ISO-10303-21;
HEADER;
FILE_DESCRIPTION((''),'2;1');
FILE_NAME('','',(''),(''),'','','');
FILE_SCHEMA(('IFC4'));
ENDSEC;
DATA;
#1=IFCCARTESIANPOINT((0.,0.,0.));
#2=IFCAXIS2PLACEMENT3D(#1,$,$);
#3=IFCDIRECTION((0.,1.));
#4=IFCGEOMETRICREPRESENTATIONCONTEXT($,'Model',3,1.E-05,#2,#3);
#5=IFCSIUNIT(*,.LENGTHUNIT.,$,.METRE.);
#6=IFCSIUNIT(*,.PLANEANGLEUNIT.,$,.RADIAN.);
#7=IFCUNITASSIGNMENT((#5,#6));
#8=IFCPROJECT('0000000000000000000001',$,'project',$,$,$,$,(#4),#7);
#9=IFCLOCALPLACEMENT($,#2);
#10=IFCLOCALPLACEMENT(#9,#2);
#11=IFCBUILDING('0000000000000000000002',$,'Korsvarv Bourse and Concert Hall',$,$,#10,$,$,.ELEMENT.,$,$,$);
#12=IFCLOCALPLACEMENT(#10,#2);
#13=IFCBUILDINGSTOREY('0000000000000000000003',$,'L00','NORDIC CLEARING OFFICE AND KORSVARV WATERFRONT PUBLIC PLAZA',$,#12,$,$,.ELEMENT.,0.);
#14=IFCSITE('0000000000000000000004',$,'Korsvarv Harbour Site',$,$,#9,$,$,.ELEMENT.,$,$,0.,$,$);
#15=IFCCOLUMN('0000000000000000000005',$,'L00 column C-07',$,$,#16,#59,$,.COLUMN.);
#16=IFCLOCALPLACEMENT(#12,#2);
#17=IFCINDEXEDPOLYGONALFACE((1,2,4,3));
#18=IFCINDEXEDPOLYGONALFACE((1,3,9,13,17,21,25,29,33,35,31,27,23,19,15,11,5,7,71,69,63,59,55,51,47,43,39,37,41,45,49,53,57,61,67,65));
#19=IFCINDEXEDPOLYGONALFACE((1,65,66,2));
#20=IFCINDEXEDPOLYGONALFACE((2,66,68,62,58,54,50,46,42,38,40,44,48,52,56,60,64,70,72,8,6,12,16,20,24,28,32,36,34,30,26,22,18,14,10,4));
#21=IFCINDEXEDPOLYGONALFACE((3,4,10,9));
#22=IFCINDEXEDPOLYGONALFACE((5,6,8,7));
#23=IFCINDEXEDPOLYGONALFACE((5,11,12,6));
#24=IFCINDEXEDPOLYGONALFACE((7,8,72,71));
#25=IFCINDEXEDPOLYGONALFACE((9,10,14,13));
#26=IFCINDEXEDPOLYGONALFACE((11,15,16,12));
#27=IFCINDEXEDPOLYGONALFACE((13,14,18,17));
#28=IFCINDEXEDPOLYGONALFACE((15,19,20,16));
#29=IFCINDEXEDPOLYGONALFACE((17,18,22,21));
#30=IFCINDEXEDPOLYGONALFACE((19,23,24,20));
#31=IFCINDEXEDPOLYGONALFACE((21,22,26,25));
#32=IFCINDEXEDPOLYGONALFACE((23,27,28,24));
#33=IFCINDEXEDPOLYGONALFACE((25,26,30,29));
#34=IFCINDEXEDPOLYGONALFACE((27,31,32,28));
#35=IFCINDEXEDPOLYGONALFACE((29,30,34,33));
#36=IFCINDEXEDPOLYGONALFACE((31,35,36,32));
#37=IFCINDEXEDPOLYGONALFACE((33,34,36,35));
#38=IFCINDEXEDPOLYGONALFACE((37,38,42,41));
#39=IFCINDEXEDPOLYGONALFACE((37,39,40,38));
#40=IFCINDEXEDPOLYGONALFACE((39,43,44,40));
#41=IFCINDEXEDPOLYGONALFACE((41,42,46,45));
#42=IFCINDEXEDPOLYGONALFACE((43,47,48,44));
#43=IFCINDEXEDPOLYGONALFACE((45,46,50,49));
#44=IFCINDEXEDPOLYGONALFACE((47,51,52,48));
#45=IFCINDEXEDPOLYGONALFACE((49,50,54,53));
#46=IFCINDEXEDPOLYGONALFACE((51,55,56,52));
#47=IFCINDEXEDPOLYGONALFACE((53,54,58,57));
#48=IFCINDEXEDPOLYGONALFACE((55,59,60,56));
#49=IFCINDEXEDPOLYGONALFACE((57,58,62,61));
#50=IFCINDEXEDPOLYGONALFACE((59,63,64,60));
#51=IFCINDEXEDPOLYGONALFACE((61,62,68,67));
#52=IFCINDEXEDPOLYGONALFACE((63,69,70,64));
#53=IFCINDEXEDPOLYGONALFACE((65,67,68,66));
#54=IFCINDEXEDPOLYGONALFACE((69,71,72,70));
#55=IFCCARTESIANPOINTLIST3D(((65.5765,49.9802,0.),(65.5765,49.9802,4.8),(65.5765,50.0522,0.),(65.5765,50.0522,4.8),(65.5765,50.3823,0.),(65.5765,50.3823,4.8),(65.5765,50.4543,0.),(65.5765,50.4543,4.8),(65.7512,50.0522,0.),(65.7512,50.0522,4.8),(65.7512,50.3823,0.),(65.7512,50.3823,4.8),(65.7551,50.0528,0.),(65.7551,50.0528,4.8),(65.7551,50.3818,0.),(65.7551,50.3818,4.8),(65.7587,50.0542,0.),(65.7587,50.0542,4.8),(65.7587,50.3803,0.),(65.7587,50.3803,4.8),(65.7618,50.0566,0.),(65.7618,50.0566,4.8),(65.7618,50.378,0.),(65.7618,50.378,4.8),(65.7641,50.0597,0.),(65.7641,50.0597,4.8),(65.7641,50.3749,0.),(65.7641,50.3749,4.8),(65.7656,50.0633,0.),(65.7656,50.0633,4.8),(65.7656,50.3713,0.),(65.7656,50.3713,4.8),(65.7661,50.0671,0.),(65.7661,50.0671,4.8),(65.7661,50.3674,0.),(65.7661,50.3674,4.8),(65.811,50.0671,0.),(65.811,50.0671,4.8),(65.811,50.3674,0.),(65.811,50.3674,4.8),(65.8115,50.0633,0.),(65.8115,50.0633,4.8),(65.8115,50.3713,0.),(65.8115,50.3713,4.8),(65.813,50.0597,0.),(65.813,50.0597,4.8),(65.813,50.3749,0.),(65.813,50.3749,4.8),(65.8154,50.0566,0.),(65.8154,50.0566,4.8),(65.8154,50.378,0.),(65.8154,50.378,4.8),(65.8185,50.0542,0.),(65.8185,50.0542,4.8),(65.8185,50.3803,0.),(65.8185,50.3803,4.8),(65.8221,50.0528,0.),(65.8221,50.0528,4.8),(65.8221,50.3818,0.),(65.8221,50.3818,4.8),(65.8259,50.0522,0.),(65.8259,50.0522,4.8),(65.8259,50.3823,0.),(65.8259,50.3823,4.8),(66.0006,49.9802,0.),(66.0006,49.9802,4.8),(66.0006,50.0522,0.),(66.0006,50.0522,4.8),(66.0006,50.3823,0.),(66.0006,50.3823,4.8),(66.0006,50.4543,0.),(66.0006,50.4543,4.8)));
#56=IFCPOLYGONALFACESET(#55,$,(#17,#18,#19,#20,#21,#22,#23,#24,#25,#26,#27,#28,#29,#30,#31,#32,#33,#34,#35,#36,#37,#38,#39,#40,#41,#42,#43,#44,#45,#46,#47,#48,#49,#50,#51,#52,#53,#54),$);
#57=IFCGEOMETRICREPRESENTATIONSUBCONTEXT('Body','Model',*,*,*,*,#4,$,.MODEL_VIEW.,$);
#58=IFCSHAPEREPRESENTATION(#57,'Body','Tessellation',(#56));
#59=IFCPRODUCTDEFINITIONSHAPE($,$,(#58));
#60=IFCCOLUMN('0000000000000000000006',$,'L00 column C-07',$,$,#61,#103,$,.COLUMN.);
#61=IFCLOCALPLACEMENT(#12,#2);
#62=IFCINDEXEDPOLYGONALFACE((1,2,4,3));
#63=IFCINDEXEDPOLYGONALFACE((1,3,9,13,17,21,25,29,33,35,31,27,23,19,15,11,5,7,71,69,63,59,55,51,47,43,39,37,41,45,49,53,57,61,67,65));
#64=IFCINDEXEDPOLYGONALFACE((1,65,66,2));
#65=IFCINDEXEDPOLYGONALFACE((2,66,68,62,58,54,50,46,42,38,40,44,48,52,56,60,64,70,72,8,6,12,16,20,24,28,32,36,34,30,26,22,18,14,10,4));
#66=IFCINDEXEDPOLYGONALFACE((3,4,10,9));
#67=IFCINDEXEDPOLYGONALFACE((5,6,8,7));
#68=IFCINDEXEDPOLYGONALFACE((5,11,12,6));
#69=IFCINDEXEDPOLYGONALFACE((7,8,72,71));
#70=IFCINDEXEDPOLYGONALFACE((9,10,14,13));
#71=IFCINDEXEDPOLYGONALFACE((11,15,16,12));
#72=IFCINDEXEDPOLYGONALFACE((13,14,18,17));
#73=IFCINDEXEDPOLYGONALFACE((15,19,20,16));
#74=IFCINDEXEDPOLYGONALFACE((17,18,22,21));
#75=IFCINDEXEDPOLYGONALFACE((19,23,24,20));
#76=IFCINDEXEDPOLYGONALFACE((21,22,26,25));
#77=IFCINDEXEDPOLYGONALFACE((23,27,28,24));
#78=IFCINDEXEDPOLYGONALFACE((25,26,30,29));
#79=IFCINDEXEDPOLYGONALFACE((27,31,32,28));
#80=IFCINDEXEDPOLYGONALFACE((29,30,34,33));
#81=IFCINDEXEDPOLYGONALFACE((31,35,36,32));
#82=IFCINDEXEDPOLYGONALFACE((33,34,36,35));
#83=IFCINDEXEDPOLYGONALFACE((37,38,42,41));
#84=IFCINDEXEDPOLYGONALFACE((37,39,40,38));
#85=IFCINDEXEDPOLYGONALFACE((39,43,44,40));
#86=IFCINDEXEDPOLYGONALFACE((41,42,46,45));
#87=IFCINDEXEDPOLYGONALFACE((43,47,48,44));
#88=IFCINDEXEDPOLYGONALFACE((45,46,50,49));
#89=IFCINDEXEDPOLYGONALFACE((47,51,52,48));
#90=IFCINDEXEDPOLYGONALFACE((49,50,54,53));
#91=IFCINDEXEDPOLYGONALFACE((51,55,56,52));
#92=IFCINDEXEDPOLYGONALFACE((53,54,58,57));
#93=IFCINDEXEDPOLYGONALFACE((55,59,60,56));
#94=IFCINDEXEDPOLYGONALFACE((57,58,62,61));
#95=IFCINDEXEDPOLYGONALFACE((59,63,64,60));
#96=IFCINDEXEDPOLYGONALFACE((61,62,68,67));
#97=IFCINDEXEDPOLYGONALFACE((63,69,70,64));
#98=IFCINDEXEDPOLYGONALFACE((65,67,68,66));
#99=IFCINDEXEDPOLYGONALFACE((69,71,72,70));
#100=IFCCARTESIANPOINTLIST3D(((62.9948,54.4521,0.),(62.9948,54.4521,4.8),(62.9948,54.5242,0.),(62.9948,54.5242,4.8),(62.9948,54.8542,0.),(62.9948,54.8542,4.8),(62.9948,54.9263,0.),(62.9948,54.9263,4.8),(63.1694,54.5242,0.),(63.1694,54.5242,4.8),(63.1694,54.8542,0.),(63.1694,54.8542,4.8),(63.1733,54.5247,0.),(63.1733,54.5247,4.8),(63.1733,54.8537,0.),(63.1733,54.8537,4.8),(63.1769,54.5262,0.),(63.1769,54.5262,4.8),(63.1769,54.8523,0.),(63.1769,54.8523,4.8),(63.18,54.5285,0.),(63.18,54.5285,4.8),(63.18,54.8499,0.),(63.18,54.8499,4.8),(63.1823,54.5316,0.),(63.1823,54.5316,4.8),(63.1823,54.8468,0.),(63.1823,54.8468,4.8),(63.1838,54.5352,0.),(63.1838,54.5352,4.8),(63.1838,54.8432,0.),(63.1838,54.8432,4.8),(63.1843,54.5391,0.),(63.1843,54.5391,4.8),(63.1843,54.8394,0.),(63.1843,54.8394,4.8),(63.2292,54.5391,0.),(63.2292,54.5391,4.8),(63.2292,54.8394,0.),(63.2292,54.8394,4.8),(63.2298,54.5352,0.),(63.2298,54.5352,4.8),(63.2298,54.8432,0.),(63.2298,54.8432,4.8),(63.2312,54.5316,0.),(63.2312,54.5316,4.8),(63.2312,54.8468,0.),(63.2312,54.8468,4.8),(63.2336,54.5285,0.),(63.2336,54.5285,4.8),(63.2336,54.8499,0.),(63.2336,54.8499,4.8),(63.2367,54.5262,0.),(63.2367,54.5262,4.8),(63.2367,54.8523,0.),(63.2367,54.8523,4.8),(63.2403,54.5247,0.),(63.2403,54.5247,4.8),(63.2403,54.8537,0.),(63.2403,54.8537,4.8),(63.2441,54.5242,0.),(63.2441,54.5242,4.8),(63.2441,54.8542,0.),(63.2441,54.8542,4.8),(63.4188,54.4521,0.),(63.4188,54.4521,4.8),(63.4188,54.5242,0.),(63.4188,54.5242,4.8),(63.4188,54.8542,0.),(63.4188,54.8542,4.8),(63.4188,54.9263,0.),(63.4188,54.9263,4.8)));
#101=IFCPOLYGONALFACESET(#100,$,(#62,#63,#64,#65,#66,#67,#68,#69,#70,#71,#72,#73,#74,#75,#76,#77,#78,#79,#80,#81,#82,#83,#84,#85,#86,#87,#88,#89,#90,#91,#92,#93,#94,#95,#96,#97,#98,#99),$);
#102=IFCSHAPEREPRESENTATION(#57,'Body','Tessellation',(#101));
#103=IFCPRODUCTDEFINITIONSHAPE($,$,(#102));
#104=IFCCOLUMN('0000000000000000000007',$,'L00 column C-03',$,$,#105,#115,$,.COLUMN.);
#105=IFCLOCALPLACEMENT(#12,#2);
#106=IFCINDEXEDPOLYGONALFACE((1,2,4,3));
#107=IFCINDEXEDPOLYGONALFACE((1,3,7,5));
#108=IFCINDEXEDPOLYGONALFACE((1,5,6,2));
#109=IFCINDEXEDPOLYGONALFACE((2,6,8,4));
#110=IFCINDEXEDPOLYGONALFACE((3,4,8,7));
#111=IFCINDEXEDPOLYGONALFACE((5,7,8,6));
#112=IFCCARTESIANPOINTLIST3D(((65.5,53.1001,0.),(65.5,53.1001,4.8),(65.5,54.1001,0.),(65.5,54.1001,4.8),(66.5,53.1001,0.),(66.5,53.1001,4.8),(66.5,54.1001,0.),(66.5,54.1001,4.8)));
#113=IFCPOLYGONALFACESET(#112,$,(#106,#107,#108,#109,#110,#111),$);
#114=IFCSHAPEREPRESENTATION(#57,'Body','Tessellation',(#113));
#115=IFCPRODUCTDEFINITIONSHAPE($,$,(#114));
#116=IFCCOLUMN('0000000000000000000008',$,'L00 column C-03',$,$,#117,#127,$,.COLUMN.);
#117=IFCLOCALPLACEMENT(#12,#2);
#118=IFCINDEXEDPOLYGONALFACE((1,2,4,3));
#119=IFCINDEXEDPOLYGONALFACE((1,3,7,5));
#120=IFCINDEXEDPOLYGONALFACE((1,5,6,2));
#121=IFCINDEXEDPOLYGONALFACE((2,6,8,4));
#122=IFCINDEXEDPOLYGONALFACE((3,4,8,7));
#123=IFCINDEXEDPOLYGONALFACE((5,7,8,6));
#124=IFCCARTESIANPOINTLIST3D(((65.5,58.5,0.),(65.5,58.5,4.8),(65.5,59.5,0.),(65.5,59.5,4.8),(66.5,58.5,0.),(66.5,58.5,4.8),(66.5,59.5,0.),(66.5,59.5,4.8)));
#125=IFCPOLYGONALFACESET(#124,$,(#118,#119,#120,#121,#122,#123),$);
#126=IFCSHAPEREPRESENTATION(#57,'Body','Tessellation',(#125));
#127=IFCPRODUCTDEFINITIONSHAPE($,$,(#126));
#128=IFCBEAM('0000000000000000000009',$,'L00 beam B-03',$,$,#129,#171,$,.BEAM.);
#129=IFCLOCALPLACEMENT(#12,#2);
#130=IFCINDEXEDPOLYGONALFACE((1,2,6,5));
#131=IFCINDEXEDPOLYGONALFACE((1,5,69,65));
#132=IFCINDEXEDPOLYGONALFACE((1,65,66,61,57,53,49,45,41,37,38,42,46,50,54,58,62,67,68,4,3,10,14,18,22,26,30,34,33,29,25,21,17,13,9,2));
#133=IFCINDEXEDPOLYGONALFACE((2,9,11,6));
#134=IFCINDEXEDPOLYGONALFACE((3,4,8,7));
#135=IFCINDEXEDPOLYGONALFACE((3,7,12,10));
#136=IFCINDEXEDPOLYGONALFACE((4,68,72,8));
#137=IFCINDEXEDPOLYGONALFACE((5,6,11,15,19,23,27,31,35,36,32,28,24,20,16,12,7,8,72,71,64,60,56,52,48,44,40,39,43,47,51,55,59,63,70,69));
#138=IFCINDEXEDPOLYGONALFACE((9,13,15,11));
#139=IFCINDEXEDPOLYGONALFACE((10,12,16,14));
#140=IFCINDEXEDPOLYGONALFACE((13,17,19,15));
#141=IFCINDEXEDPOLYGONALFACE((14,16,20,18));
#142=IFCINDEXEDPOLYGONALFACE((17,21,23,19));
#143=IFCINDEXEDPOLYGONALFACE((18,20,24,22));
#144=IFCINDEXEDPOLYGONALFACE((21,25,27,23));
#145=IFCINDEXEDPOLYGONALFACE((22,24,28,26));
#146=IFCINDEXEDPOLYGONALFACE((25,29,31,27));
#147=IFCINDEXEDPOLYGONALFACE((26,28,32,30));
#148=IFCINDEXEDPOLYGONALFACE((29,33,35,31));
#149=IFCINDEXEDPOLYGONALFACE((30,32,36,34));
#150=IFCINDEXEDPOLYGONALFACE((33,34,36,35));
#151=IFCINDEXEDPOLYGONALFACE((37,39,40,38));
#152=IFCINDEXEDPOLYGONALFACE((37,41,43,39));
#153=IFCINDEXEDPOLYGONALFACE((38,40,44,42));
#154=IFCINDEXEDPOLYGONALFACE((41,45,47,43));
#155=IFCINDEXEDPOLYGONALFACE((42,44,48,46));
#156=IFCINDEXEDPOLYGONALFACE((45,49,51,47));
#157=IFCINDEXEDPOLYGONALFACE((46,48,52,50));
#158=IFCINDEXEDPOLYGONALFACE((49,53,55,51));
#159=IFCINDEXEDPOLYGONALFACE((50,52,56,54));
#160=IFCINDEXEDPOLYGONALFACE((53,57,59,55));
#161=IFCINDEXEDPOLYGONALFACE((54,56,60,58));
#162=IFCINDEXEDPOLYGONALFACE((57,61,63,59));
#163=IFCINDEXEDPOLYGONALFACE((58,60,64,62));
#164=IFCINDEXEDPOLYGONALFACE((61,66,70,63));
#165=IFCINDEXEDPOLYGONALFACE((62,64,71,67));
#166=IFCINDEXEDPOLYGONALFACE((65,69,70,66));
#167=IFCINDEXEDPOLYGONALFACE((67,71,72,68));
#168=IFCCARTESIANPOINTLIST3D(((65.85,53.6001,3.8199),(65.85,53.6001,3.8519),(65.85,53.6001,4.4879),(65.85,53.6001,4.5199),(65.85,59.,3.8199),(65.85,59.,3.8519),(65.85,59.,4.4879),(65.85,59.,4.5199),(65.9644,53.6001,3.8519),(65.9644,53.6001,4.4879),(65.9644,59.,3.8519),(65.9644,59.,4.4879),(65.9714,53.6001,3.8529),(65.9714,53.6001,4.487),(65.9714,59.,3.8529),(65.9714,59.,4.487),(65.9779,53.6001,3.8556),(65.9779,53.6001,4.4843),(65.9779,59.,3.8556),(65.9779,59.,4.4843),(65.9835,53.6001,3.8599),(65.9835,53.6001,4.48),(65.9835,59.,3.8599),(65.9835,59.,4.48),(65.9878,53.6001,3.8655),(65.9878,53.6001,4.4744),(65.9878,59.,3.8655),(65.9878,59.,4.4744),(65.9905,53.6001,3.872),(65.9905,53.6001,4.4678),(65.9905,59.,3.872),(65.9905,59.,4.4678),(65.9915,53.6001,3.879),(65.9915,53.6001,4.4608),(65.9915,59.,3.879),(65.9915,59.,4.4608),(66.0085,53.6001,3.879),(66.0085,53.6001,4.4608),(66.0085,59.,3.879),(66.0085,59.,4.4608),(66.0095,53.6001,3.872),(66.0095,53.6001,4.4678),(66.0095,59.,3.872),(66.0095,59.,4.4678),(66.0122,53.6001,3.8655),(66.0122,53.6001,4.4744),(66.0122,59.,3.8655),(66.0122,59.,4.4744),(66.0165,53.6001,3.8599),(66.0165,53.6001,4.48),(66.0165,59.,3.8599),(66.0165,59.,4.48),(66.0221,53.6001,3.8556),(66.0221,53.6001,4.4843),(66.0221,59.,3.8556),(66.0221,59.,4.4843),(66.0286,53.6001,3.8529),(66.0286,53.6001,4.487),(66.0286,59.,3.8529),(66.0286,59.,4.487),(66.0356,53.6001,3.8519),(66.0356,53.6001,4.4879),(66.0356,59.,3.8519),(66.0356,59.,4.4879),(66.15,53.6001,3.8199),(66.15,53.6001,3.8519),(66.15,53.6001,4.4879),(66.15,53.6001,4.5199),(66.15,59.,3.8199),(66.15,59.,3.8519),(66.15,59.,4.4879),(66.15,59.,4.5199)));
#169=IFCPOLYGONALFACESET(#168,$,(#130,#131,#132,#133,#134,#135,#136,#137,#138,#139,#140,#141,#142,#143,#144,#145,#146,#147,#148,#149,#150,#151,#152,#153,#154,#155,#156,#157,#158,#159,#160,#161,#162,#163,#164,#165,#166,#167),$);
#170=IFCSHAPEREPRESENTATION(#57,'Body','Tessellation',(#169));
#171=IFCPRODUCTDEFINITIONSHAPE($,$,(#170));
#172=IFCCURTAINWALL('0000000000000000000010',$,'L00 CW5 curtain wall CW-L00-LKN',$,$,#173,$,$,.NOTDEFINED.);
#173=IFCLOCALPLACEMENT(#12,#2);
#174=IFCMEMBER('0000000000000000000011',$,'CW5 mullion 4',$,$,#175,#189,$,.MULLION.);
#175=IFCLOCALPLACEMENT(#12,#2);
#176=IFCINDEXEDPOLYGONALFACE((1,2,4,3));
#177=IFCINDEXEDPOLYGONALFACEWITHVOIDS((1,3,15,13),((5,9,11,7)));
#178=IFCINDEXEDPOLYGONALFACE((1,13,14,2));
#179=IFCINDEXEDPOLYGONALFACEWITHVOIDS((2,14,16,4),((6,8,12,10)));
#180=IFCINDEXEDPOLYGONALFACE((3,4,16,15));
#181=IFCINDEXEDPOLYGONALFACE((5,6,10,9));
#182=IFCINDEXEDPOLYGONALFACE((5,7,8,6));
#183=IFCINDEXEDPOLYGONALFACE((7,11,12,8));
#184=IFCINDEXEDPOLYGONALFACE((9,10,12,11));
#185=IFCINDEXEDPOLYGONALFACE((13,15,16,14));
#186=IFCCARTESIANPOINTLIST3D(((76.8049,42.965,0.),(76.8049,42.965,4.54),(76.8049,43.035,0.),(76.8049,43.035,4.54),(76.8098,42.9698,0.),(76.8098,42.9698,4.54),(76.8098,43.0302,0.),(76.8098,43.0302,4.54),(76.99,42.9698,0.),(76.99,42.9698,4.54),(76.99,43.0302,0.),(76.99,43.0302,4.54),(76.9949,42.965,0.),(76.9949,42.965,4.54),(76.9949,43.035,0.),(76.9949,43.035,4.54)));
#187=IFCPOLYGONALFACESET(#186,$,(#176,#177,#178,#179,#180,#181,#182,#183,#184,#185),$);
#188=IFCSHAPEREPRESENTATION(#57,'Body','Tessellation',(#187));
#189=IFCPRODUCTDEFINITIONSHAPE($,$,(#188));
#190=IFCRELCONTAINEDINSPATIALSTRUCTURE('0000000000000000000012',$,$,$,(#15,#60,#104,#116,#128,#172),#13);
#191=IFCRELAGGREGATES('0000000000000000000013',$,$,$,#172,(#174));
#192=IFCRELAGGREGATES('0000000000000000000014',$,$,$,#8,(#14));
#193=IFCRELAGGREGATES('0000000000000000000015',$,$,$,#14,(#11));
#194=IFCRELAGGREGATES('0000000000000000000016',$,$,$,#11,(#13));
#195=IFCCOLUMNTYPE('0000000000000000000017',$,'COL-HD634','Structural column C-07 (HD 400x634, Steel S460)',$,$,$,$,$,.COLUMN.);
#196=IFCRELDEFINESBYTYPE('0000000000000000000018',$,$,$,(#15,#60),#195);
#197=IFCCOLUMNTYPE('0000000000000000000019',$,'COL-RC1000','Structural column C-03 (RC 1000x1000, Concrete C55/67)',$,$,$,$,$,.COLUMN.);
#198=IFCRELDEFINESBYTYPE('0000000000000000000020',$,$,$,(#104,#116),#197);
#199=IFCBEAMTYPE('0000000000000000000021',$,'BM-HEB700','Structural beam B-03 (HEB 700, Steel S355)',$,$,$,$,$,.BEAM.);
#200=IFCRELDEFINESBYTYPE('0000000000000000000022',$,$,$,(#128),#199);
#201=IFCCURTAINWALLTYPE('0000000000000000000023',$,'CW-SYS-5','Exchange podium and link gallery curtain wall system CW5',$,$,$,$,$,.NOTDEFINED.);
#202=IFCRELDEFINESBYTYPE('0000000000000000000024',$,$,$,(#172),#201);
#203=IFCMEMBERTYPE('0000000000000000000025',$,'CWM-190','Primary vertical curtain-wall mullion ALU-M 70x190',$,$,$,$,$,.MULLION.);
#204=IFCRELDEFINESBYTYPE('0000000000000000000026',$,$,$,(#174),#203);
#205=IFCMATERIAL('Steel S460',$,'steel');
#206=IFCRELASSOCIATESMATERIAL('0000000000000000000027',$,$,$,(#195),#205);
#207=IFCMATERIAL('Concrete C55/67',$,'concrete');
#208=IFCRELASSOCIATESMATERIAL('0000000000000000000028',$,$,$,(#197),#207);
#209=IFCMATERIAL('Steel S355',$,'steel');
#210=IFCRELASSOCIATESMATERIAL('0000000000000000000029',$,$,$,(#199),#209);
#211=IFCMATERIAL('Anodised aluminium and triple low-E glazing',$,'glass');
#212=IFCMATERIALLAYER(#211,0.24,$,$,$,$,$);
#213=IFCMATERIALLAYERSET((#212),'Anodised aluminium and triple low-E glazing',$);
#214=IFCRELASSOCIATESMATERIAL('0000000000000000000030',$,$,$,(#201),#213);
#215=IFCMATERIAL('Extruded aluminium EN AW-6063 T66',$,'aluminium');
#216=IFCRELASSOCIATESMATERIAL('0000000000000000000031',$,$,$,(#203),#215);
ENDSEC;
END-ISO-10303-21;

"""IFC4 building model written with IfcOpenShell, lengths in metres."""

from ifc_helpers import new_model, si_unit, direction, frame, origin, origin_2d, place, context, subcontext, project, spatial, rectangle, hollow_rectangle, i_section, extrude, source, transform, mapped, material, layer, layer_set, material_profile, profile_set, type_object, element, aggregate, save


model = new_model("IFC4")

# Units and contexts
model_context = context("Model", 3, precision=1e-05, world=origin(), true_north=direction((0.0, 1.0)))
body_context = subcontext(model_context, "Body", "Model", "MODEL_VIEW")
ifc_project = project(units=[si_unit("LENGTHUNIT", "METRE"), si_unit("PLANEANGLEUNIT", "RADIAN")], contexts=[model_context])

# Site, building, storey
site_placement = place(None, origin())
site = spatial("IfcSite", under=ifc_project, at=site_placement, Name="Korsvarv Harbour Site", CompositionType="ELEMENT", RefElevation=0.0)
building_placement = place(site_placement, origin())
building = spatial("IfcBuilding", under=site, at=building_placement, Name="Korsvarv Bourse and Concert Hall", CompositionType="ELEMENT")
storey_placement = place(building_placement, origin())
storey = spatial("IfcBuildingStorey", under=building, at=storey_placement, Name="L00", Description="NORDIC CLEARING OFFICE AND KORSVARV WATERFRONT PUBLIC PLAZA", CompositionType="ELEMENT", Elevation=0.0)

# Columns
ifc_material_1 = material(Name="Steel S460", Category="steel")
ifc_material_profile_1 = material_profile(ifc_material_1, i_section(OverallWidth=0.4241, OverallDepth=0.4741, WebThickness=0.0449, FlangeThickness=0.072, FilletRadius=0.0149, at=origin_2d()), Name="HD 400x634")
ifc_profile_set_1 = profile_set([ifc_material_profile_1], Name="Steel S460")
column_type_1 = type_object("IfcColumnType", Name="COL-HD634", Description="Structural column C-07 (HD 400x634, Steel S460)", PredefinedType="COLUMN", material=ifc_profile_set_1)
shared_shape_1 = source(origin(), body_context, "Body", "SweptSolid", [
    extrude(i_section(OverallWidth=0.4241, OverallDepth=0.4741, WebThickness=0.0449, FlangeThickness=0.072, FilletRadius=0.0149, at=origin_2d()), origin(), (0.0, 0.0, 1.0), 4.8),
])
for number, where, z_axis, x_axis, name in (
    (1, (65.7886, 50.2173, 0.0), (0.0, 0.0, 1.0), (1.0, 0.0, 0.0), "L00 column C-07"),
    (2, (63.2068, 54.6892, 0.0), (0.0, 0.0, 1.0), (1.0, 0.0, 0.0), "L00 column C-07"),
):
    element("IfcColumn", number, at=place(storey_placement, frame(where, z_axis=z_axis, x_axis=x_axis)), inside=storey, type_object=column_type_1, Name=name, PredefinedType="COLUMN", context=body_context, shape_type="MappedRepresentation", body=[
        mapped(shared_shape_1, transform((0.0, 0.0, 0.0), scale=1.0)),
    ])
ifc_material_2 = material(Name="Concrete C55/67", Category="concrete")
ifc_material_profile_2 = material_profile(ifc_material_2, rectangle(XDim=1.0, YDim=1.0, at=origin_2d()), Name="RC 1000x1000")
ifc_profile_set_2 = profile_set([ifc_material_profile_2], Name="Concrete C55/67")
column_type_2 = type_object("IfcColumnType", Name="COL-RC1000", Description="Structural column C-03 (RC 1000x1000, Concrete C55/67)", PredefinedType="COLUMN", material=ifc_profile_set_2)
shared_shape_2 = source(origin(), body_context, "Body", "SweptSolid", [
    extrude(rectangle(XDim=1.0, YDim=1.0, at=origin_2d()), origin(), (0.0, 0.0, 1.0), 4.8),
])
for number, where, z_axis, x_axis, name in (
    (3, (66.0, 53.6001, 0.0), (0.0, 0.0, 1.0), (1.0, 0.0, 0.0), "L00 column C-03"),
    (4, (66.0, 59.0, 0.0), (0.0, 0.0, 1.0), (1.0, 0.0, 0.0), "L00 column C-03"),
):
    element("IfcColumn", number, at=place(storey_placement, frame(where, z_axis=z_axis, x_axis=x_axis)), inside=storey, type_object=column_type_2, Name=name, PredefinedType="COLUMN", context=body_context, shape_type="MappedRepresentation", body=[
        mapped(shared_shape_2, transform((0.0, 0.0, 0.0), scale=1.0)),
    ])

# Beam
ifc_material_3 = material(Name="Steel S355", Category="steel")
ifc_material_profile_3 = material_profile(ifc_material_3, i_section(OverallWidth=0.3, OverallDepth=0.7, WebThickness=0.0171, FlangeThickness=0.032, FilletRadius=0.0271, at=origin_2d()), Name="HEB 700")
ifc_profile_set_3 = profile_set([ifc_material_profile_3], Name="Steel S355")
beam_type = type_object("IfcBeamType", Name="BM-HEB700", Description="Structural beam B-03 (HEB 700, Steel S355)", PredefinedType="BEAM", material=ifc_profile_set_3)
shared_shape_3 = source(origin(), body_context, "Body", "SweptSolid", [
    extrude(i_section(OverallWidth=0.3, OverallDepth=0.7, WebThickness=0.0171, FlangeThickness=0.032, FilletRadius=0.0271, at=origin_2d()), origin(), (0.0, 0.0, 1.0), 5.3999),
])
beam_placement = place(storey_placement, frame((66.0, 53.6001, 4.1699), z_axis=(0.0, 1.0, 0.0), x_axis=(-1.0, 0.0, 0.0)))
element("IfcBeam", 5, at=beam_placement, inside=storey, type_object=beam_type, Name="L00 beam B-03", PredefinedType="BEAM", context=body_context, shape_type="MappedRepresentation", body=[
    mapped(shared_shape_3, transform((0.0, 0.0, 0.0), scale=1.0)),
])

# Curtain wall, member
ifc_material_4 = material(Name="Anodised aluminium and triple low-E glazing", Category="glass")
ifc_layer_1 = layer(ifc_material_4, 0.24)
ifc_layer_set_1 = layer_set([ifc_layer_1], Name="Anodised aluminium and triple low-E glazing")
curtain_wall_type = type_object("IfcCurtainWallType", Name="CW-SYS-5", Description="Exchange podium and link gallery curtain wall system CW5", PredefinedType="NOTDEFINED", material=ifc_layer_set_1)
curtain_wall_placement = place(storey_placement, origin())
curtain_wall = element("IfcCurtainWall", 6, at=curtain_wall_placement, inside=storey, type_object=curtain_wall_type, Name="L00 CW5 curtain wall CW-L00-LKN", PredefinedType="NOTDEFINED")
ifc_material_5 = material(Name="Extruded aluminium EN AW-6063 T66", Category="aluminium")
ifc_material_profile_4 = material_profile(ifc_material_5, hollow_rectangle(XDim=0.0701, YDim=0.1899, WallThickness=0.0049, at=origin_2d()), Name="ALU-M 70x190")
ifc_profile_set_4 = profile_set([ifc_material_profile_4], Name="Extruded aluminium EN AW-6063 T66")
member_type_1 = type_object("IfcMemberType", Name="CWM-190", Description="Primary vertical curtain-wall mullion ALU-M 70x190", PredefinedType="MULLION", material=ifc_profile_set_4)
shared_shape_4 = source(origin(), body_context, "Body", "SweptSolid", [
    extrude(hollow_rectangle(XDim=0.0701, YDim=0.1899, WallThickness=0.0049, at=origin_2d()), origin(), (0.0, 0.0, 1.0), 4.54),
])
member_1_placement = place(storey_placement, frame((76.8999, 43.0, 0.0), z_axis=(0.0, 0.0, 1.0), x_axis=(0.0, 1.0, 0.0)))
member_1 = element("IfcMember", 7, at=member_1_placement, type_object=member_type_1, Name="CW5 mullion 4", PredefinedType="MULLION", context=body_context, shape_type="MappedRepresentation", body=[
    mapped(shared_shape_4, transform((0.0, 0.0, 0.0), scale=1.0)),
])
aggregate(curtain_wall, [member_1])

save(model, "model.ifc")
